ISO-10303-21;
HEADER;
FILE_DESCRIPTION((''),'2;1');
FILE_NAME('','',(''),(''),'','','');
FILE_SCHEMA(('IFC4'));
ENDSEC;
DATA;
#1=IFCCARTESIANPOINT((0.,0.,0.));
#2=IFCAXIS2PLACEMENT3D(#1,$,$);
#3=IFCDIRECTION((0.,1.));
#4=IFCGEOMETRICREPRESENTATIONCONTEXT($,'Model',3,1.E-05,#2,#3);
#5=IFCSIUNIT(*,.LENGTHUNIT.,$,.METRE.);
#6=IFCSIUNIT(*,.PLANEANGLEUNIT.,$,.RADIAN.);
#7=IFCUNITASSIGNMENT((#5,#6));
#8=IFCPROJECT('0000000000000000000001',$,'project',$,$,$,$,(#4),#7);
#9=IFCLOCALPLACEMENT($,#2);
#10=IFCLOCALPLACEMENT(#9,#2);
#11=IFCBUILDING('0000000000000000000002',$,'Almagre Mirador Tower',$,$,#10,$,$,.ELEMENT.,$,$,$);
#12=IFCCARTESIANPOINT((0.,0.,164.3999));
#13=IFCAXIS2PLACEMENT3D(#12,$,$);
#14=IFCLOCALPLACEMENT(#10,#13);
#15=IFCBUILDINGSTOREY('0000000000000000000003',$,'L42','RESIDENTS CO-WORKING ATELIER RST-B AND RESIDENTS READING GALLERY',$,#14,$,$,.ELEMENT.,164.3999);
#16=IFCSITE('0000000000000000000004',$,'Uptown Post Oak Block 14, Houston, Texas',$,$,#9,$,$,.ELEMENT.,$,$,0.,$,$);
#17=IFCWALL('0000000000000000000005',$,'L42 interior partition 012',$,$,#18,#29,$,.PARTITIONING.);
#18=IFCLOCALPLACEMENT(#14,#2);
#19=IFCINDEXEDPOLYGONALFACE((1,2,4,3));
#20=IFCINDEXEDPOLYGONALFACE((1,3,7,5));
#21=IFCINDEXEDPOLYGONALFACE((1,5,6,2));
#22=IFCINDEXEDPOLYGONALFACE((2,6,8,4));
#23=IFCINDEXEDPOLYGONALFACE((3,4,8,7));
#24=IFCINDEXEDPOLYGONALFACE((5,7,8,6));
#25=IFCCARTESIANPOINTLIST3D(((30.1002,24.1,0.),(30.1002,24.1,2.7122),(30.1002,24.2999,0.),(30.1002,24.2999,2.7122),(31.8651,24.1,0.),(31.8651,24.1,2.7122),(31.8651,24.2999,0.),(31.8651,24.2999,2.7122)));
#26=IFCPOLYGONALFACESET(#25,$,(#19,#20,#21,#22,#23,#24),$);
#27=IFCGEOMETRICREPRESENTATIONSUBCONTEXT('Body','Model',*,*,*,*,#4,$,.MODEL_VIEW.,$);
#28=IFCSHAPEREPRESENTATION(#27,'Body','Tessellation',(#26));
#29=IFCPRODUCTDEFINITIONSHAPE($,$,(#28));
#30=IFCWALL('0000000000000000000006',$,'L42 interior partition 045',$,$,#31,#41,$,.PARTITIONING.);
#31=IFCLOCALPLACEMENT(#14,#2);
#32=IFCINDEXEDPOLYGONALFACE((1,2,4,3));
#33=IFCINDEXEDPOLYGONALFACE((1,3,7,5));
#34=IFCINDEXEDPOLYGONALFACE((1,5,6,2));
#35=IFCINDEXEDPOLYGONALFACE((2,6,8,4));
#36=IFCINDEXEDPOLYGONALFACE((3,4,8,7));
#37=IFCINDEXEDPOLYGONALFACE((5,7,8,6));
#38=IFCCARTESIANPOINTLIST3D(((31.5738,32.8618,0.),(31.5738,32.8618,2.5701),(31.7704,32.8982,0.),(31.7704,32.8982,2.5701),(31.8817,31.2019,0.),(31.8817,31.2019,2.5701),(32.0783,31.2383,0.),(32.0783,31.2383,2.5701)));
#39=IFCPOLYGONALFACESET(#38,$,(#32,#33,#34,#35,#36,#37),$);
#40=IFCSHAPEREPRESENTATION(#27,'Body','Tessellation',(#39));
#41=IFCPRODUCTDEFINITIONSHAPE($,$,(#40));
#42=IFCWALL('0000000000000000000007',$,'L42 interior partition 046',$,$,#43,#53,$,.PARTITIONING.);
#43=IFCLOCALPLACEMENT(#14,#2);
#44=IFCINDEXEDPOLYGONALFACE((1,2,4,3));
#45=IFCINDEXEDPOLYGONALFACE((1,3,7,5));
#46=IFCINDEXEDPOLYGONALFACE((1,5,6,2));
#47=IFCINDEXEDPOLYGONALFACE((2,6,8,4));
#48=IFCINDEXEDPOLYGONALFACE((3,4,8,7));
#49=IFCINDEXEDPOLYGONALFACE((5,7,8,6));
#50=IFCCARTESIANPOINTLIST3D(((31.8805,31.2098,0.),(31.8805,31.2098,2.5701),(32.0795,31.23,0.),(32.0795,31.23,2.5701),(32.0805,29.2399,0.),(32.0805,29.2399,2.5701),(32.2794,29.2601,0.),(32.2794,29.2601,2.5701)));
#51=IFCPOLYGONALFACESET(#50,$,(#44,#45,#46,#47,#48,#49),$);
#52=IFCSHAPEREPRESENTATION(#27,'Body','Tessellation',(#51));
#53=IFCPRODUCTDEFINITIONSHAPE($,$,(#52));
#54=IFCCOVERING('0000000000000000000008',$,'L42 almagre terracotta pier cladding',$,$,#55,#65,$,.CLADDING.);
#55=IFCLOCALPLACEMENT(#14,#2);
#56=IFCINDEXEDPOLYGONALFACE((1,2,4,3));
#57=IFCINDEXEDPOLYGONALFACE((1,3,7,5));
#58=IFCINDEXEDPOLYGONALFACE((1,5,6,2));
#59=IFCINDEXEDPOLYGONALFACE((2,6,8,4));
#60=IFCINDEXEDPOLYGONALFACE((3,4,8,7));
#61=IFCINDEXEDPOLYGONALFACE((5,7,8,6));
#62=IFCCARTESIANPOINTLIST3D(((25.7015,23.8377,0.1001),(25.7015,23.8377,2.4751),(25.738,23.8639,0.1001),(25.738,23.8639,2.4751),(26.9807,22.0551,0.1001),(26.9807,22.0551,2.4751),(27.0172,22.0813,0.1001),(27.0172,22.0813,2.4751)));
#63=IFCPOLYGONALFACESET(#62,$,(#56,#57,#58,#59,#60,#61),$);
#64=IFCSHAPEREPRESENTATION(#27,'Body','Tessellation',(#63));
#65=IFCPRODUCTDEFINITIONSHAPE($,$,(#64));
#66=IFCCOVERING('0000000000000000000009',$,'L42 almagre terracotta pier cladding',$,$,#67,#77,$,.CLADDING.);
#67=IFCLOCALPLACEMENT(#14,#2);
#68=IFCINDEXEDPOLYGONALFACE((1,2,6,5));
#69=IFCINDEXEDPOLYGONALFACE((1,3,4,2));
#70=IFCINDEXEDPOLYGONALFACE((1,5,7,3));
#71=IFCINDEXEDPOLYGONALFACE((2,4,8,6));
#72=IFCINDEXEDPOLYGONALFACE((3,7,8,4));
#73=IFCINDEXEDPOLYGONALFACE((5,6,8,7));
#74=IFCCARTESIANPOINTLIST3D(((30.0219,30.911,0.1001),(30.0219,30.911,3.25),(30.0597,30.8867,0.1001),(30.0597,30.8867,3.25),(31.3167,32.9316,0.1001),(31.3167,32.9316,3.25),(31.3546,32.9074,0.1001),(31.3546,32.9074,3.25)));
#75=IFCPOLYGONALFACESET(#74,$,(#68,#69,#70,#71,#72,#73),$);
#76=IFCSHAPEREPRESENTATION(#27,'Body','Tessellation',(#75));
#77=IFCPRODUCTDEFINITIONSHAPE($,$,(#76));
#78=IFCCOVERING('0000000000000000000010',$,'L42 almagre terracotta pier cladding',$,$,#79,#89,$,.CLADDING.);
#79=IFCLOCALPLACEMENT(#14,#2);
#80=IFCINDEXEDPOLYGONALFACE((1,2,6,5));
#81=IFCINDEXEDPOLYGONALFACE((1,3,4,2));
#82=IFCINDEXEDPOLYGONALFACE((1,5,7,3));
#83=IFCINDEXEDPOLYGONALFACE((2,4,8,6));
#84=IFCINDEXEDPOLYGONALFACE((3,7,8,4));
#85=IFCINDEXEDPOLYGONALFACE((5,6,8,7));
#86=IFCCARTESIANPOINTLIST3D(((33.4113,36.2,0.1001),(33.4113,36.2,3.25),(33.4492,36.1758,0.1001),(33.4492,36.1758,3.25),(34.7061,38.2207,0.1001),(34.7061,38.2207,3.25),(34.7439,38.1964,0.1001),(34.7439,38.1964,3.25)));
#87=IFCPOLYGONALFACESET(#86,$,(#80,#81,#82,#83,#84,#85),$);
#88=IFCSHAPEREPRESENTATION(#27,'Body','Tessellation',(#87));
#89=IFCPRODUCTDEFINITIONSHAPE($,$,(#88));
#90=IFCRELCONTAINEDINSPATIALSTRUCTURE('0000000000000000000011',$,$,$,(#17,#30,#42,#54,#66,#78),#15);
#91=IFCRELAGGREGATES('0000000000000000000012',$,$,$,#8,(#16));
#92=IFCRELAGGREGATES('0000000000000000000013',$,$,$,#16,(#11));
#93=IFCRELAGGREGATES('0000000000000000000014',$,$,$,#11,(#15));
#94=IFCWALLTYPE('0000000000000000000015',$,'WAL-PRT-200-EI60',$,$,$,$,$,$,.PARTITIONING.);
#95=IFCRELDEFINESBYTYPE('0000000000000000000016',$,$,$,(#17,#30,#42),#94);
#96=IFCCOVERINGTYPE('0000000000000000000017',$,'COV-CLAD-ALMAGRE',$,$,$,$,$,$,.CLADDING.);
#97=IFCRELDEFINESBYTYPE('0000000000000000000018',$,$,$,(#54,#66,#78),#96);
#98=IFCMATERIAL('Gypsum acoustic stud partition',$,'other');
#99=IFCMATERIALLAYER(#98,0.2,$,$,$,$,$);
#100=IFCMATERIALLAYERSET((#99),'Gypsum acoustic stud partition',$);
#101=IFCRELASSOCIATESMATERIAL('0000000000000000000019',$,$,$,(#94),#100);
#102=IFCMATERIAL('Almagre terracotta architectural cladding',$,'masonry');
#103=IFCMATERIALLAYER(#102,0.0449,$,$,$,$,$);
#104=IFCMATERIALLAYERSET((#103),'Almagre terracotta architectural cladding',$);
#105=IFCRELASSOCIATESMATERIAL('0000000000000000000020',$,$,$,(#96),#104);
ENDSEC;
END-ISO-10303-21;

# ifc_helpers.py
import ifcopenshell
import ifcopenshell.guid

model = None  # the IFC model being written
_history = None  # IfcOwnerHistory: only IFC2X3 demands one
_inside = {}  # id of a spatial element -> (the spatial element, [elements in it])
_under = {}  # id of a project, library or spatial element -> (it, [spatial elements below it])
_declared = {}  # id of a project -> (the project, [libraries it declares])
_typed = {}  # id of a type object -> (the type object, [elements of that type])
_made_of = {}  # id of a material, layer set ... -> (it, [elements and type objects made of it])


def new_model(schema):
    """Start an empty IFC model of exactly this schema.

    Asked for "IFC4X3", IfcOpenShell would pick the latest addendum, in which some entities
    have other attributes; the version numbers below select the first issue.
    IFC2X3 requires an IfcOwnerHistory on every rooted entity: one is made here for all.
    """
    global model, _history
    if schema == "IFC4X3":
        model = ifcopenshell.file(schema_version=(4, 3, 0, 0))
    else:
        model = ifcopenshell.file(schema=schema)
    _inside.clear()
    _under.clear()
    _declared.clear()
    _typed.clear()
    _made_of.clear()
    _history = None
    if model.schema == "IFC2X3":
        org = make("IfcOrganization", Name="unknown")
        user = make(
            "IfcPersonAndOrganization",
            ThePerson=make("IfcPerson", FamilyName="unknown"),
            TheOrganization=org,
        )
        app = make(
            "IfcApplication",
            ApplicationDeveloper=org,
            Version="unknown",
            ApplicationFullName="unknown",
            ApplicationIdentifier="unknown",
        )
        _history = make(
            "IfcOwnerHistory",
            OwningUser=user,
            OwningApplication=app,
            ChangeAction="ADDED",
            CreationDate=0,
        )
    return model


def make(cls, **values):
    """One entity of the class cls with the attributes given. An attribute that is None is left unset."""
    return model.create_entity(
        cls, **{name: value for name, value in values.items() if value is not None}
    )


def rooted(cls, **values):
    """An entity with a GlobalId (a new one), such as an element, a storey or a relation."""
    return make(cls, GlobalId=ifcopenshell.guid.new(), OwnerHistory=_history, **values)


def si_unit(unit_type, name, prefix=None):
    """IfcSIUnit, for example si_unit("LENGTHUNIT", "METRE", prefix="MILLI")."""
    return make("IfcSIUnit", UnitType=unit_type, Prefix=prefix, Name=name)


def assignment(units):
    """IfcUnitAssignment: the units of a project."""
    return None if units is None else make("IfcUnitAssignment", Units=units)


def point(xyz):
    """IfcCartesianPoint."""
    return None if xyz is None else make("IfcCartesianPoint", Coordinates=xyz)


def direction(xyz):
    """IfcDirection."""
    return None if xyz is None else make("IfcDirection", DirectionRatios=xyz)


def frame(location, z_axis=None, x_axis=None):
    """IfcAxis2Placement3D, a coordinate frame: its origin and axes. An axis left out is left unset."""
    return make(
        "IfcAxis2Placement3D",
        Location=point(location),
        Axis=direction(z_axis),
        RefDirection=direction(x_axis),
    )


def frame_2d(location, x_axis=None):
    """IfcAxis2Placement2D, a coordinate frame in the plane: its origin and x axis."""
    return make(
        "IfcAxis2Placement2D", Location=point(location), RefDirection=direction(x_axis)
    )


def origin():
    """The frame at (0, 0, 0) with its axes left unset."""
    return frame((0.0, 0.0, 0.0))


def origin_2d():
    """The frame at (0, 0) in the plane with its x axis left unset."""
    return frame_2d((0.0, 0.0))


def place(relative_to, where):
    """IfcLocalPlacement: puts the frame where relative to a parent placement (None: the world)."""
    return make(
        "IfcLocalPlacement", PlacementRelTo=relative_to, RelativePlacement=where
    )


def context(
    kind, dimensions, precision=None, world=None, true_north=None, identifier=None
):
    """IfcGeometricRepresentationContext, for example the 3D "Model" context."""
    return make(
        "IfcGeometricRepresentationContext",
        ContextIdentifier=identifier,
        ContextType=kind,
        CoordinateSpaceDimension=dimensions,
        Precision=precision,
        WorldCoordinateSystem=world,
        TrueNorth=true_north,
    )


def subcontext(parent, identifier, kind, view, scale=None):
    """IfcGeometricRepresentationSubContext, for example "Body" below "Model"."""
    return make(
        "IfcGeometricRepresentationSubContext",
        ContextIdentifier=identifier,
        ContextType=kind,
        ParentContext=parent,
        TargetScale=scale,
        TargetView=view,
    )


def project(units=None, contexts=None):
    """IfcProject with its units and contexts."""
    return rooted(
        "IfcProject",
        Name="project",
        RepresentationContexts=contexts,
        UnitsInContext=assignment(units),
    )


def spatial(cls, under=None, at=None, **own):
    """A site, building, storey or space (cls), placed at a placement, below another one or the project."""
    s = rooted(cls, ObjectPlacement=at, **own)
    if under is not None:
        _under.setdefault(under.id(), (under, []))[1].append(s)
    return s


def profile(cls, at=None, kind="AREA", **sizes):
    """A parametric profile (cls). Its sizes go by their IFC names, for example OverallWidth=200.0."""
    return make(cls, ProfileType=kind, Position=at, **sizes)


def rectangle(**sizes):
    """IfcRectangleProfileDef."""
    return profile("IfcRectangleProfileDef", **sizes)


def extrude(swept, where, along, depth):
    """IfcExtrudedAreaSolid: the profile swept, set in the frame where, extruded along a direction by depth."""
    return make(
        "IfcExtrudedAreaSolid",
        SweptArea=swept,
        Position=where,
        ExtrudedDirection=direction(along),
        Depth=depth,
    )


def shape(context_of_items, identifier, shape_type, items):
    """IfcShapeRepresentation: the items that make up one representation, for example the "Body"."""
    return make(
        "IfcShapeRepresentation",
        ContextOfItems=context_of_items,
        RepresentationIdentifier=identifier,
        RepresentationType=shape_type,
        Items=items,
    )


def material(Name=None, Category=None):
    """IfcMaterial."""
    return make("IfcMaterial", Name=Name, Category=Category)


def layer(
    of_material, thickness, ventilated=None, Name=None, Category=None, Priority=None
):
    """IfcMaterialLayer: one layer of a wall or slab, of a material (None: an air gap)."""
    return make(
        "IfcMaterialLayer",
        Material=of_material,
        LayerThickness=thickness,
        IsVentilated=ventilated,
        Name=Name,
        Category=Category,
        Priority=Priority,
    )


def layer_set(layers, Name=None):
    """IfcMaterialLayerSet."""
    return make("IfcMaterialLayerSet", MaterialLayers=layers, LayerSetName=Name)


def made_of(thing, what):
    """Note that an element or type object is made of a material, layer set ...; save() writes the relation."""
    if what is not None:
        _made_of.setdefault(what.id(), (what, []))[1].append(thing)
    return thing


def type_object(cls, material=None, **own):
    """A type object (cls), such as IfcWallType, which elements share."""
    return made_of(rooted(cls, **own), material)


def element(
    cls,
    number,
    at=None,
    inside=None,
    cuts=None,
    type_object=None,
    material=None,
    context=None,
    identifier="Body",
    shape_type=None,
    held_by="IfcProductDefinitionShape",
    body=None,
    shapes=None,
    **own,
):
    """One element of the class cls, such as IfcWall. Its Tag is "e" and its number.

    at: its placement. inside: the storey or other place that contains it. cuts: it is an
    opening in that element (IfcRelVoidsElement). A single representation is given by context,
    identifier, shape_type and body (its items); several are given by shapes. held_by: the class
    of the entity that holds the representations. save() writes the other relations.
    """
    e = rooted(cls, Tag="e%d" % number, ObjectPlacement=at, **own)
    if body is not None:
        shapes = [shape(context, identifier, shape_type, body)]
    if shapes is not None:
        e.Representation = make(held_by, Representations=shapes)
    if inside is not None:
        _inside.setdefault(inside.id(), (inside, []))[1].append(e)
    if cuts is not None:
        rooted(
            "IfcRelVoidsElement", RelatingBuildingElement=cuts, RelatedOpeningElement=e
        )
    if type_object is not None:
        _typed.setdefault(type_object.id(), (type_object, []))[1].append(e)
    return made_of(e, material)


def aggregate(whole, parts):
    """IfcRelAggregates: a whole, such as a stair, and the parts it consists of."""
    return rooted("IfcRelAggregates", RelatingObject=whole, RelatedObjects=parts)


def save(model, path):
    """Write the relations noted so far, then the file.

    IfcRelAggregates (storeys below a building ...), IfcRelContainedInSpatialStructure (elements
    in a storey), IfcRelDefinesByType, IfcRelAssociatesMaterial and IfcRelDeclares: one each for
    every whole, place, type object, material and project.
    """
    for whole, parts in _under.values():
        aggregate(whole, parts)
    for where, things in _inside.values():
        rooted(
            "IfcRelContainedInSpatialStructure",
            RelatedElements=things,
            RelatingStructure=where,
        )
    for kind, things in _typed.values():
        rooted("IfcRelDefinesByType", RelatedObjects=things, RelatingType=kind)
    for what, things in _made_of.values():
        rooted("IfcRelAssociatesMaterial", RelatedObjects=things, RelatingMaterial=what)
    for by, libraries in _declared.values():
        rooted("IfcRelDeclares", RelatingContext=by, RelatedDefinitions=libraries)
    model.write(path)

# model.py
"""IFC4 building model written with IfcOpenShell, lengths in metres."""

from ifc_helpers import new_model, si_unit, direction, frame, frame_2d, origin, origin_2d, place, context, subcontext, project, spatial, rectangle, extrude, material, layer, layer_set, type_object, element, save


model = new_model("IFC4")

# Units and contexts
model_context = context("Model", 3, precision=1e-05, world=origin(), true_north=direction((0.0, 1.0)))
body_context = subcontext(model_context, "Body", "Model", "MODEL_VIEW")
ifc_project = project(units=[si_unit("LENGTHUNIT", "METRE"), si_unit("PLANEANGLEUNIT", "RADIAN")], contexts=[model_context])

# Site, building, storey
site_placement = place(None, origin())
site = spatial("IfcSite", under=ifc_project, at=site_placement, Name="Uptown Post Oak Block 14, Houston, Texas", CompositionType="ELEMENT", RefElevation=0.0)
building_placement = place(site_placement, origin())
building = spatial("IfcBuilding", under=site, at=building_placement, Name="Almagre Mirador Tower", CompositionType="ELEMENT")
storey_placement = place(building_placement, frame((0.0, 0.0, 164.3999)))
storey = spatial("IfcBuildingStorey", under=building, at=storey_placement, Name="L42", Description="RESIDENTS CO-WORKING ATELIER RST-B AND RESIDENTS READING GALLERY", CompositionType="ELEMENT", Elevation=164.3999)

# Walls
ifc_material_1 = material(Name="Gypsum acoustic stud partition", Category="other")
ifc_layer_1 = layer(ifc_material_1, 0.2)
ifc_layer_set_1 = layer_set([ifc_layer_1], Name="Gypsum acoustic stud partition")
wall_type_1 = type_object("IfcWallType", Name="WAL-PRT-200-EI60", PredefinedType="PARTITIONING", material=ifc_layer_set_1)
wall_1_placement = place(storey_placement, frame((31.865, 24.2, 0.0), z_axis=(0.0, 0.0, 1.0), x_axis=(-1.0, 0.0, 0.0)))
element("IfcWall", 1, at=wall_1_placement, inside=storey, type_object=wall_type_1, Name="L42 interior partition 012", PredefinedType="PARTITIONING", context=body_context, shape_type="SweptSolid", body=[
    extrude(rectangle(XDim=1.7649, YDim=0.2, at=frame_2d((0.8823, 0.0))), origin(), (0.0, 0.0, 1.0), 2.7122),
])
wall_2_placement = place(storey_placement, frame((31.98, 31.22, 0.0), z_axis=(0.0, 0.0, 1.0), x_axis=(-0.182359, 0.983232, 0.0)))
element("IfcWall", 2, at=wall_2_placement, inside=storey, type_object=wall_type_1, Name="L42 interior partition 045", PredefinedType="PARTITIONING", context=body_context, shape_type="SweptSolid", body=[
    extrude(rectangle(XDim=1.6882, YDim=0.2, at=frame_2d((0.8442, 0.0))), origin(), (0.0, 0.0, 1.0), 2.5701),
])
wall_3_placement = place(storey_placement, frame((32.1799, 29.25, 0.0), z_axis=(0.0, 0.0, 1.0), x_axis=(-0.100981, 0.994888, 0.0)))
element("IfcWall", 3, at=wall_3_placement, inside=storey, type_object=wall_type_1, Name="L42 interior partition 046", PredefinedType="PARTITIONING", context=body_context, shape_type="SweptSolid", body=[
    extrude(rectangle(XDim=1.98, YDim=0.2, at=frame_2d((0.99, 0.0))), origin(), (0.0, 0.0, 1.0), 2.5701),
])

# Coverings
ifc_material_2 = material(Name="Almagre terracotta architectural cladding", Category="masonry")
ifc_layer_2 = layer(ifc_material_2, 0.0449)
ifc_layer_set_2 = layer_set([ifc_layer_2], Name="Almagre terracotta architectural cladding")
covering_type = type_object("IfcCoveringType", Name="COV-CLAD-ALMAGRE", PredefinedType="CLADDING", material=ifc_layer_set_2)
covering_placement = place(storey_placement, frame((26.3594, 22.9595, 0.1001), z_axis=(0.0, 0.0, 1.0), x_axis=(-0.583002, 0.81247, 0.0)))
element("IfcCovering", 4, at=covering_placement, inside=storey, type_object=covering_type, Name="L42 almagre terracotta pier cladding", PredefinedType="CLADDING", context=body_context, shape_type="SweptSolid", body=[
    extrude(rectangle(XDim=2.1941, YDim=0.0449, at=origin_2d()), origin(), (0.0, 0.0, 1.0), 2.375),
])
for number, where, z_axis, x_axis, name in (
    (5, (30.6882, 31.9092, 0.1001), (0.0, 0.0, 1.0), (0.539535, 0.841963, 0.0), "L42 almagre terracotta pier cladding"),
    (6, (34.0776, 37.1982, 0.1001), (0.0, 0.0, 1.0), (0.53952, 0.841972, 0.0), "L42 almagre terracotta pier cladding"),
):
    element("IfcCovering", number, at=place(storey_placement, frame(where, z_axis=z_axis, x_axis=x_axis)), inside=storey, type_object=covering_type, Name=name, PredefinedType="CLADDING", context=body_context, shape_type="SweptSolid", body=[
        extrude(rectangle(XDim=2.3999, YDim=0.0449, at=origin_2d()), origin(), (0.0, 0.0, 1.0), 3.1499),
    ])

save(model, "model.ifc")
